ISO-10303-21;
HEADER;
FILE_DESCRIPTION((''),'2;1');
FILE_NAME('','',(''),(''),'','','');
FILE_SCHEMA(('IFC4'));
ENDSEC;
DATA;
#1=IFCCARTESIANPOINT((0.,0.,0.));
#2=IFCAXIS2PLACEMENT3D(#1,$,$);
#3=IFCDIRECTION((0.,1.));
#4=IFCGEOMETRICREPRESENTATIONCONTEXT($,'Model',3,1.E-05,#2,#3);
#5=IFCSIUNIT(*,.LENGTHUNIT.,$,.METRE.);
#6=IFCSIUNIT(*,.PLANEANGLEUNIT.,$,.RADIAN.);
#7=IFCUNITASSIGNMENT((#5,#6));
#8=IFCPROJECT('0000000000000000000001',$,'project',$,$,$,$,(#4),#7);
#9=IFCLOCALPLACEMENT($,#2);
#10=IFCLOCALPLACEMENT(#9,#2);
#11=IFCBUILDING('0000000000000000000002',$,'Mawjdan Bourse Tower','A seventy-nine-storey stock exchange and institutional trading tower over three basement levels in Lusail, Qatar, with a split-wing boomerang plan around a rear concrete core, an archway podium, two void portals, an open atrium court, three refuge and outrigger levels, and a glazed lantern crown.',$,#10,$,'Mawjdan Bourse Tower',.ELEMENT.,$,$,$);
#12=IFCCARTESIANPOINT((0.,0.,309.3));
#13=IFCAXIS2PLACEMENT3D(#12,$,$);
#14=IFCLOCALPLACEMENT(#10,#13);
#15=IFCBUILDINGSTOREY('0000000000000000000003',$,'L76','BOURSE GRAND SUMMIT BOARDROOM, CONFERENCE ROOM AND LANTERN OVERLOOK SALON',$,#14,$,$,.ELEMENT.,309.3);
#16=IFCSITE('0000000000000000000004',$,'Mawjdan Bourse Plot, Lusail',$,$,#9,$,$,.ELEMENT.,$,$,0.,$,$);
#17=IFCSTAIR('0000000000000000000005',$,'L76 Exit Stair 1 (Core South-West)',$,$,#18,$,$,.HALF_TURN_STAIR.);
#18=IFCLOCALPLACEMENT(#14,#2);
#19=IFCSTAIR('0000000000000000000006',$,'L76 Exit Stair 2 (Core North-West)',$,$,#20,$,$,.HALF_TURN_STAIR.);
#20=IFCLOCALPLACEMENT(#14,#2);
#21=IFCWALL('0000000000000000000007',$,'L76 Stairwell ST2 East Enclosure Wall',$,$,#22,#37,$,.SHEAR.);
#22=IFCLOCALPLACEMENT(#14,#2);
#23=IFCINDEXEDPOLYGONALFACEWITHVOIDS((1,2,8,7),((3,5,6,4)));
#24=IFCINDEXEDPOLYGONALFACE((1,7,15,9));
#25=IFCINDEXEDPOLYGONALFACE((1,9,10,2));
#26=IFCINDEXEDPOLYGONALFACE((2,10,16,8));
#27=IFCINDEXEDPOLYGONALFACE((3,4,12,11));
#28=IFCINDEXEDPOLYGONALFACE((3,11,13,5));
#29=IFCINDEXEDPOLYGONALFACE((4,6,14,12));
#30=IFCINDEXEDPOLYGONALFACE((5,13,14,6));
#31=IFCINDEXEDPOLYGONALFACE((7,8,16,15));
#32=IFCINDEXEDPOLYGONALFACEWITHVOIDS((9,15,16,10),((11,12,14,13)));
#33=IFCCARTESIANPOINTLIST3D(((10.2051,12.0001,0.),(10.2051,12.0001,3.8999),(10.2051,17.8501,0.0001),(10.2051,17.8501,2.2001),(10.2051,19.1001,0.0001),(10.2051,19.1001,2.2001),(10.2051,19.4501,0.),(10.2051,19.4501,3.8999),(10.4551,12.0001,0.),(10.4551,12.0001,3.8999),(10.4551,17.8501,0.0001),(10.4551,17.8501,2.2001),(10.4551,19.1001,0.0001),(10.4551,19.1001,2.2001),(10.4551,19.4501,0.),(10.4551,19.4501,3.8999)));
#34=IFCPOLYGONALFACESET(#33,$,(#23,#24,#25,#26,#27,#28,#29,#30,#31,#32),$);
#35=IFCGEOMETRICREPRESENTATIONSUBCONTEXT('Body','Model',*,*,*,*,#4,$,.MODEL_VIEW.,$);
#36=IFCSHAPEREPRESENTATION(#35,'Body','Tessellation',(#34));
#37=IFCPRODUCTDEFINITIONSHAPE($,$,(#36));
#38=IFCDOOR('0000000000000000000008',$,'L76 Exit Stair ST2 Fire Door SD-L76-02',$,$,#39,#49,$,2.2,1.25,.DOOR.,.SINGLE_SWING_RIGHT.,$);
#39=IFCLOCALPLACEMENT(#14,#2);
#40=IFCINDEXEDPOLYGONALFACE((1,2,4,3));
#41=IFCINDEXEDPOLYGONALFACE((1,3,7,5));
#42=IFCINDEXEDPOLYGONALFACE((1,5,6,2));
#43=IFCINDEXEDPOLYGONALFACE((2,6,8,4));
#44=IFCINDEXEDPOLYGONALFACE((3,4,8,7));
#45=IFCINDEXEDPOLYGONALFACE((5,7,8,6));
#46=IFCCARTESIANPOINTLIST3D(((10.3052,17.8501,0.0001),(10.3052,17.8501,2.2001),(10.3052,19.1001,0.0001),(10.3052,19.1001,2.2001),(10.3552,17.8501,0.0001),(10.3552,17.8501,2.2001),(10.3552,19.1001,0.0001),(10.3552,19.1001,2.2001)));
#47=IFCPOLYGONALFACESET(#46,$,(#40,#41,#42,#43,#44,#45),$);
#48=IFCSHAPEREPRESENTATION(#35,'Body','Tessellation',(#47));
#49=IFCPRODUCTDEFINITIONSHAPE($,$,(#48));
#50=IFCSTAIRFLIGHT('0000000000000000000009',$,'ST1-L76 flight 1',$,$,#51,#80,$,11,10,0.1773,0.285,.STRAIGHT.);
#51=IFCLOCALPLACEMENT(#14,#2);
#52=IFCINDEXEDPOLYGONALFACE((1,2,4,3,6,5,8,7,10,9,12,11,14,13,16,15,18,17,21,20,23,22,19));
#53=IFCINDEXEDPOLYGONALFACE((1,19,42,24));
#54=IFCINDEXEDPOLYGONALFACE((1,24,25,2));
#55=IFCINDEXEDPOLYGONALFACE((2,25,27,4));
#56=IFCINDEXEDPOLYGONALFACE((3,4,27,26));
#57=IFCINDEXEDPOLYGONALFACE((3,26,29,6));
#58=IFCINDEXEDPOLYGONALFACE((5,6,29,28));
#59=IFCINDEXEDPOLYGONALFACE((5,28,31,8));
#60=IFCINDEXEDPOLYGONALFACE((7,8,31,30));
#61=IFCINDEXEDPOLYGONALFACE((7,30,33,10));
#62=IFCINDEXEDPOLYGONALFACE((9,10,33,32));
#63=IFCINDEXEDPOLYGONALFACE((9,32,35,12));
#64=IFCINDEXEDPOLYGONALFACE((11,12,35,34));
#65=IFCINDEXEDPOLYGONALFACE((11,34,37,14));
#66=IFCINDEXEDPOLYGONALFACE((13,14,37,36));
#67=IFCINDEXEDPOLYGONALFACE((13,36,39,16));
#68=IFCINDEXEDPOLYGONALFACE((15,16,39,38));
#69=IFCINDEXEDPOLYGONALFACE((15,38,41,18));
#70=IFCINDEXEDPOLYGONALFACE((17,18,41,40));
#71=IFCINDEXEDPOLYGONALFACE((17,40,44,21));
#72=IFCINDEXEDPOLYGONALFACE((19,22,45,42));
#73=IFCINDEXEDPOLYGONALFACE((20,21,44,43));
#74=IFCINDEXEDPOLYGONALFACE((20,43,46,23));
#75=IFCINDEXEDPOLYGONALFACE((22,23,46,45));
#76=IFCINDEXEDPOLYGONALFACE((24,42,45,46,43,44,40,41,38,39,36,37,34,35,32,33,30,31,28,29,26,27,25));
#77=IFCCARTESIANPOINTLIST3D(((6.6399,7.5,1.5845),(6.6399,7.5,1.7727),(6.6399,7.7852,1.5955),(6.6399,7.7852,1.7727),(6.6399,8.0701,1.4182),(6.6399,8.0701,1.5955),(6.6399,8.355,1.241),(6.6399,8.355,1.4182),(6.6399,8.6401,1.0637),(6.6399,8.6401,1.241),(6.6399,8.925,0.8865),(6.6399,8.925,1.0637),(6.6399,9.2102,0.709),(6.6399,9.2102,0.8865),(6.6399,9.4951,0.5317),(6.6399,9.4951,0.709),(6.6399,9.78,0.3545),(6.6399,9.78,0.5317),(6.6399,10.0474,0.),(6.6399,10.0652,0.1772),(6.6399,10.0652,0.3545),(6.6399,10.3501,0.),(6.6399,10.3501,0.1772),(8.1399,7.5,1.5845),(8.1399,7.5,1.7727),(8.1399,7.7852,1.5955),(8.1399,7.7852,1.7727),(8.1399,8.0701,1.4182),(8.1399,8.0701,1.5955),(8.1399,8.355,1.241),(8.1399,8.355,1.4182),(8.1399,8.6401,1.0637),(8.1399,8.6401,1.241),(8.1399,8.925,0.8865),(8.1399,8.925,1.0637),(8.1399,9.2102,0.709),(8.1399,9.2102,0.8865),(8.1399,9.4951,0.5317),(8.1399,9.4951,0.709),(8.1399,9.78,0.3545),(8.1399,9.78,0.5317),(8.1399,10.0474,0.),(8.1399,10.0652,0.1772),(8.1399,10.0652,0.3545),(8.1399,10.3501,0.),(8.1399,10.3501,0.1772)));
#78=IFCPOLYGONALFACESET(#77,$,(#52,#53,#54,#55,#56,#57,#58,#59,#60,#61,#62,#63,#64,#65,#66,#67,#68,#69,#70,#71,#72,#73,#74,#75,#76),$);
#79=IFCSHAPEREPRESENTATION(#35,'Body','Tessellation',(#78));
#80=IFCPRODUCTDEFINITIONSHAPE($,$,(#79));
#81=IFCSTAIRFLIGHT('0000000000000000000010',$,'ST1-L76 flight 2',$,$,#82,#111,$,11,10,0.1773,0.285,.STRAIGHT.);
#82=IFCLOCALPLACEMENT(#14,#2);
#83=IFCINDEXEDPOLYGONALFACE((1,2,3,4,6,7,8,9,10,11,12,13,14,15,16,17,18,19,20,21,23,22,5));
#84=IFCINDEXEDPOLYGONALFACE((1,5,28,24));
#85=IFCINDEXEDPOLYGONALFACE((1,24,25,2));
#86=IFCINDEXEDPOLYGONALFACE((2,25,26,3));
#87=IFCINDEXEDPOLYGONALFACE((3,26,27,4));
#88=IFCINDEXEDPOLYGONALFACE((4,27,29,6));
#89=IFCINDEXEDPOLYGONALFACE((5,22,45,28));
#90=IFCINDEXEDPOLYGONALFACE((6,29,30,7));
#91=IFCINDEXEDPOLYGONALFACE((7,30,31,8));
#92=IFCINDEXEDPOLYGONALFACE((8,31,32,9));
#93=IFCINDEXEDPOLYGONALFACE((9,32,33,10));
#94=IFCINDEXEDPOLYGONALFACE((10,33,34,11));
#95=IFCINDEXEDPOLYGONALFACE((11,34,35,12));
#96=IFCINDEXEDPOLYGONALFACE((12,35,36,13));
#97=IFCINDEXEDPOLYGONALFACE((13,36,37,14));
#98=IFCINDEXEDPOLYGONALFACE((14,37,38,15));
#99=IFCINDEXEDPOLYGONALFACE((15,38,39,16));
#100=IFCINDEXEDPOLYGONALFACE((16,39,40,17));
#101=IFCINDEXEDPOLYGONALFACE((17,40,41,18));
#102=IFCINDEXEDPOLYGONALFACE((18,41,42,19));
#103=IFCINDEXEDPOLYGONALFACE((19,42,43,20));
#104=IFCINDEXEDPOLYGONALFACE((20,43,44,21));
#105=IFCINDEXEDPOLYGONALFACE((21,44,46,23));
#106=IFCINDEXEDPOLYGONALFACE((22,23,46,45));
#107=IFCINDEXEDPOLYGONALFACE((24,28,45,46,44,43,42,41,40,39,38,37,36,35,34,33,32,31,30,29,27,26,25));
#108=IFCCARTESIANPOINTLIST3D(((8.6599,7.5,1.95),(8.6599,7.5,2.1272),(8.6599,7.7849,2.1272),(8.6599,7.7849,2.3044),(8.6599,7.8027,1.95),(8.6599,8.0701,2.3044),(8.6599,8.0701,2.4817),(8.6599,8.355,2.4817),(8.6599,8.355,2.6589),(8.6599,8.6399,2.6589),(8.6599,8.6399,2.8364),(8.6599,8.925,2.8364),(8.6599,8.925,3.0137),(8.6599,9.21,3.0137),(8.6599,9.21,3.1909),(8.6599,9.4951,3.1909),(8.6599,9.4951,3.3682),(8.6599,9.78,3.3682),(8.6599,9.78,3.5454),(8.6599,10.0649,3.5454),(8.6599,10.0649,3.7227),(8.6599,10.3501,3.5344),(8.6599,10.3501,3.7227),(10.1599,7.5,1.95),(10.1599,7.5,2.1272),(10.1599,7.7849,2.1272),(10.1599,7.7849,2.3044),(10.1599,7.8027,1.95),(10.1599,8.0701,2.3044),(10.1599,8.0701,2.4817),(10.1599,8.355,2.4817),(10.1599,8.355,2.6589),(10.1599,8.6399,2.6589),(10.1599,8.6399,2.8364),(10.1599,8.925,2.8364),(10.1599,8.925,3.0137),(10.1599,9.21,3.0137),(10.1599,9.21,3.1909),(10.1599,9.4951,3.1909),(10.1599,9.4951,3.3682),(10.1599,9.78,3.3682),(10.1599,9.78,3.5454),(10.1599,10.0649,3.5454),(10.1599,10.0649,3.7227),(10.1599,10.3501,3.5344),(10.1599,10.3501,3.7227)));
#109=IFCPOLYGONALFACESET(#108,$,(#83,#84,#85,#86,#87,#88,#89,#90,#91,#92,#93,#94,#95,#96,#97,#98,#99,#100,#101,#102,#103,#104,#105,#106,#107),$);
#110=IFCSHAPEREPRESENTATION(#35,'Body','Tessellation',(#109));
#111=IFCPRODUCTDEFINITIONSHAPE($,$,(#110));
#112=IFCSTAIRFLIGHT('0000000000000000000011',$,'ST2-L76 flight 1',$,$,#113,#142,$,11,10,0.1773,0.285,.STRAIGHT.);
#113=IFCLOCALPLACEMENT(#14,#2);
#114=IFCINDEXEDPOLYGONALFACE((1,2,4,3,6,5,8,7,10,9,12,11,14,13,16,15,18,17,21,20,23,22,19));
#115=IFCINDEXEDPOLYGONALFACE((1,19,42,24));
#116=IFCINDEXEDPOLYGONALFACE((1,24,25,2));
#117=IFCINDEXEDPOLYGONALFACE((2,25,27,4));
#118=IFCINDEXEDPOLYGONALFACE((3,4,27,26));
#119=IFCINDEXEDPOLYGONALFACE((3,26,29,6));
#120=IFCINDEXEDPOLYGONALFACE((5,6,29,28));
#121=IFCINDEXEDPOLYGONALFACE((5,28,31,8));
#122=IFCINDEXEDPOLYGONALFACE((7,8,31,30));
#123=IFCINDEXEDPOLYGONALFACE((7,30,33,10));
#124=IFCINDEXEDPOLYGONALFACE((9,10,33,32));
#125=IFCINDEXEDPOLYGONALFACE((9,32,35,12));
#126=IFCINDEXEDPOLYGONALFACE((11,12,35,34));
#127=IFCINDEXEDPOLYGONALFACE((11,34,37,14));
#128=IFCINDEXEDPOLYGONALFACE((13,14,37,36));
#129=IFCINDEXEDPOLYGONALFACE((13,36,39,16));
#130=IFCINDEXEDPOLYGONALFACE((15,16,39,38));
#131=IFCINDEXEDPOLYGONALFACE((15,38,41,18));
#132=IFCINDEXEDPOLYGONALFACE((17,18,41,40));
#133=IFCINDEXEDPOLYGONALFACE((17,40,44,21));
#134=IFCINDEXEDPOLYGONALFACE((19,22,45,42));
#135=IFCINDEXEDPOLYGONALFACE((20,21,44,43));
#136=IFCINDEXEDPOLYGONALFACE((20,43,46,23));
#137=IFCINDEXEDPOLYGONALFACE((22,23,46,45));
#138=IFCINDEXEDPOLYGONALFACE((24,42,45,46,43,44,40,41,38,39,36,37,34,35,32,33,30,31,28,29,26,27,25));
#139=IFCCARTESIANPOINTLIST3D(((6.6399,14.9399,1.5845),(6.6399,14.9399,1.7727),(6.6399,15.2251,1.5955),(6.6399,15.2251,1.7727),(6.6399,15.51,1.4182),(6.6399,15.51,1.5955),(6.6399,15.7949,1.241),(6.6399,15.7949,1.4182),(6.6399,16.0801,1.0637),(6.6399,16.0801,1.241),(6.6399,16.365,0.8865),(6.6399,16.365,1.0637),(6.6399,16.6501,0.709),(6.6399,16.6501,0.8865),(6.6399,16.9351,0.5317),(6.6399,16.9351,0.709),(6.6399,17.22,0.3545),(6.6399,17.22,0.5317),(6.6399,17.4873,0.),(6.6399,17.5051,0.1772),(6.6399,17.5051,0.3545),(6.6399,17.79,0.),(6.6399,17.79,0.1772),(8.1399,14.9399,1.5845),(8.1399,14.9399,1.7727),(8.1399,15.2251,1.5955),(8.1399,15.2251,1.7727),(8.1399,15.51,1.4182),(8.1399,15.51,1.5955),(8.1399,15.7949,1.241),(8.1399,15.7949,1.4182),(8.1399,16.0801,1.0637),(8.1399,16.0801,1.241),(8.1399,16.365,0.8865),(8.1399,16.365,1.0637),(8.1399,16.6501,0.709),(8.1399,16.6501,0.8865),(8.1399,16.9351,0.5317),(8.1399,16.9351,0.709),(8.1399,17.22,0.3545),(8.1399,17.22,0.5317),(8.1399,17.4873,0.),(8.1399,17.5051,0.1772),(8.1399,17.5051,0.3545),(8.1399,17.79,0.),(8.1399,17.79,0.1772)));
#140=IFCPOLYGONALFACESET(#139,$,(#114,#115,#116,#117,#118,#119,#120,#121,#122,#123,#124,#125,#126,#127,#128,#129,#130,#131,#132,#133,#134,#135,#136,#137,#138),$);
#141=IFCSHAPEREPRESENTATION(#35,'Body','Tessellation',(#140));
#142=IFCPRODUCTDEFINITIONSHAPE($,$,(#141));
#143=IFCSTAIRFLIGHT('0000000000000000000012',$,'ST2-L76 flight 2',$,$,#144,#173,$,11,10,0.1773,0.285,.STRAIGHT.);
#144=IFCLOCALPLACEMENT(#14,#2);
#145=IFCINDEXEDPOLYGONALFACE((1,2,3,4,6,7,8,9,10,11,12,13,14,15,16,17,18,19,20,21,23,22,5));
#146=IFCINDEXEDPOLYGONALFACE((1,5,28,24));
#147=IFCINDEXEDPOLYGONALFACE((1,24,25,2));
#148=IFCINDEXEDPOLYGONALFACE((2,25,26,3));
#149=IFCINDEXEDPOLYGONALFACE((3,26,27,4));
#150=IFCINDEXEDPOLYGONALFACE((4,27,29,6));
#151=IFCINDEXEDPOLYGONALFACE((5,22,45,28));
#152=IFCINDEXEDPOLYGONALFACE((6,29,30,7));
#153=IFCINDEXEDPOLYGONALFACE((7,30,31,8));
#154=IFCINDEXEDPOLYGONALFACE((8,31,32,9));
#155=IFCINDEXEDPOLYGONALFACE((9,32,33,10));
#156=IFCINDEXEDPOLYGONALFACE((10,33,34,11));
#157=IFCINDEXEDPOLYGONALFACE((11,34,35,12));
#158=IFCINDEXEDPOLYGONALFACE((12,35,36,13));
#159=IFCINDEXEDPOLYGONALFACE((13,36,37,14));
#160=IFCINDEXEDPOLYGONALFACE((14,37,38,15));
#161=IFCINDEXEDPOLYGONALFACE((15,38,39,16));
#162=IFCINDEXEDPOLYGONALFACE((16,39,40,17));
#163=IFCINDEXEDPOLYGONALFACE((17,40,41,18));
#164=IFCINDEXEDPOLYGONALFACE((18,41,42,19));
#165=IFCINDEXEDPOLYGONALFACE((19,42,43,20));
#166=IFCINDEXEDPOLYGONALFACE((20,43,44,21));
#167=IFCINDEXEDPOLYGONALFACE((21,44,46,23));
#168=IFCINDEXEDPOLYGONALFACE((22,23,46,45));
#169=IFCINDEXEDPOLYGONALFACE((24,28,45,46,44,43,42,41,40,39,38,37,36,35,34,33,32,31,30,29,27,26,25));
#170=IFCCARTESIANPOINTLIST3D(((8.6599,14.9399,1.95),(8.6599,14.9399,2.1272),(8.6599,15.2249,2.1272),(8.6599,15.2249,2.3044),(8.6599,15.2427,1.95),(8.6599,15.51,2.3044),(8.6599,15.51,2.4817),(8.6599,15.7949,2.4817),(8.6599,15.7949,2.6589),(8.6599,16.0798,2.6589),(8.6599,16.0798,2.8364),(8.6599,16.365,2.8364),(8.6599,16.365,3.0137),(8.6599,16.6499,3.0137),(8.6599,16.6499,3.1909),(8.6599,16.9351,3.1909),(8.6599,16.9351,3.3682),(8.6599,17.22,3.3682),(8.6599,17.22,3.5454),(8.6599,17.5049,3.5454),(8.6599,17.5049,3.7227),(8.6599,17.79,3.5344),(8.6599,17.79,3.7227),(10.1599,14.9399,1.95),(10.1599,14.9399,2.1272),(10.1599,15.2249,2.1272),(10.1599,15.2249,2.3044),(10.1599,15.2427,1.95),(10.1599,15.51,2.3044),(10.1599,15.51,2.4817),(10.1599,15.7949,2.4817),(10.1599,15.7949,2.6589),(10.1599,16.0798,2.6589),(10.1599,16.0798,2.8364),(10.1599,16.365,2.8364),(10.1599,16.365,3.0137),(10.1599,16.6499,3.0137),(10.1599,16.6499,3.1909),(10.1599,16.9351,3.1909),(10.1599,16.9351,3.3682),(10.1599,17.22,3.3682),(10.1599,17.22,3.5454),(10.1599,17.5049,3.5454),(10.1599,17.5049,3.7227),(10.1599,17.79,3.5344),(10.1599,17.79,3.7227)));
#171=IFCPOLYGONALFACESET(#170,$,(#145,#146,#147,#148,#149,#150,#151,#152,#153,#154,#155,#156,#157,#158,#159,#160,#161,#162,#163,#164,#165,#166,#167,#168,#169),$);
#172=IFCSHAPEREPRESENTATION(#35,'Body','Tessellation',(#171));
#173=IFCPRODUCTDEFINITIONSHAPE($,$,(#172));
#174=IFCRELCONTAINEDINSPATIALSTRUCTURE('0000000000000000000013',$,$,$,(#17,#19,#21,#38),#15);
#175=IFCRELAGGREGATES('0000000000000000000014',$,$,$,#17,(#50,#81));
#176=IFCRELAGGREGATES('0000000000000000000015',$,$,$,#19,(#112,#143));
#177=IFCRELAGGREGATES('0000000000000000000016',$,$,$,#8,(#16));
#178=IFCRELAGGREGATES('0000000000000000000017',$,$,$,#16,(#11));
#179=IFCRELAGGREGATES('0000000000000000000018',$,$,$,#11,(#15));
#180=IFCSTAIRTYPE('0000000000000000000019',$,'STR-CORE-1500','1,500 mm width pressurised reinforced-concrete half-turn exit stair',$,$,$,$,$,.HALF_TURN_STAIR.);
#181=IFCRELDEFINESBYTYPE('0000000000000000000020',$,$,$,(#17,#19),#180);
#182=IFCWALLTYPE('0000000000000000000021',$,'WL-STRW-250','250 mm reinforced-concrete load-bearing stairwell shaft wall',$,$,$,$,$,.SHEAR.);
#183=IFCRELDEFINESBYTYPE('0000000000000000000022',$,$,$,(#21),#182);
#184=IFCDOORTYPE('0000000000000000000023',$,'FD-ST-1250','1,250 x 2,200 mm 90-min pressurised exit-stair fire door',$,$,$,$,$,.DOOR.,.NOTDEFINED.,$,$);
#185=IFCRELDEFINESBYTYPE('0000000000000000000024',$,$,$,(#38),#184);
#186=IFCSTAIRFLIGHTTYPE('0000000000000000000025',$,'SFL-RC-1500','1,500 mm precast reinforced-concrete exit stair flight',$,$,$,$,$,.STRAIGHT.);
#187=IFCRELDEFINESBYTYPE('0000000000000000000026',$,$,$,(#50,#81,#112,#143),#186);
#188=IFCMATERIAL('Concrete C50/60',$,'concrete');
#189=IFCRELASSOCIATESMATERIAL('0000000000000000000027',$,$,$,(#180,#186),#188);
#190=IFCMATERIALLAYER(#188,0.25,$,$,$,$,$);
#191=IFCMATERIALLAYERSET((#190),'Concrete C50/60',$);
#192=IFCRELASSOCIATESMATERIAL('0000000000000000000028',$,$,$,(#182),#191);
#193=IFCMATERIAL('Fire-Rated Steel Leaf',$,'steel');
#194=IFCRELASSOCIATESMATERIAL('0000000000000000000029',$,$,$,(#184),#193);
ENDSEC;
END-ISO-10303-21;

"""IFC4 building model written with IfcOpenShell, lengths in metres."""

from ifc_helpers import new_model, si_unit, direction, frame, frame_2d, origin, place, context, subcontext, project, spatial, polyline, rectangle, outline, extrude, material, layer, layer_set, type_object, element, fill, aggregate, save


model = new_model("IFC4")

# Units and contexts
model_context = context("Model", 3, precision=1e-05, world=origin(), true_north=direction((0.0, 1.0)))
body_context = subcontext(model_context, "Body", "Model", "MODEL_VIEW")
ifc_project = project(units=[si_unit("LENGTHUNIT", "METRE"), si_unit("PLANEANGLEUNIT", "RADIAN")], contexts=[model_context])

# Site, building, storey
site_placement = place(None, origin())
site = spatial("IfcSite", under=ifc_project, at=site_placement, Name="Mawjdan Bourse Plot, Lusail", CompositionType="ELEMENT", RefElevation=0.0)
building_placement = place(site_placement, origin())
building = spatial("IfcBuilding", under=site, at=building_placement, Name="Mawjdan Bourse Tower", Description="A seventy-nine-storey stock exchange and institutional trading tower over three basement levels in Lusail, Qatar, with a split-wing boomerang plan around a rear concrete core, an archway podium, two void portals, an open atrium court, three refuge and outrigger levels, and a glazed lantern crown.", LongName="Mawjdan Bourse Tower", CompositionType="ELEMENT")
storey_placement = place(building_placement, frame((0.0, 0.0, 309.3)))
storey = spatial("IfcBuildingStorey", under=building, at=storey_placement, Name="L76", Description="BOURSE GRAND SUMMIT BOARDROOM, CONFERENCE ROOM AND LANTERN OVERLOOK SALON", CompositionType="ELEMENT", Elevation=309.3)

# Stairs
ifc_material_1 = material(Name="Concrete C50/60", Category="concrete")
stair_type = type_object("IfcStairType", Name="STR-CORE-1500", Description="1,500 mm width pressurised reinforced-concrete half-turn exit stair", PredefinedType="HALF_TURN_STAIR", material=ifc_material_1)
stair_1_placement = place(storey_placement, origin())
stair_1 = element("IfcStair", 1, at=stair_1_placement, inside=storey, type_object=stair_type, Name="L76 Exit Stair 1 (Core South-West)", PredefinedType="HALF_TURN_STAIR")
stair_2_placement = place(storey_placement, origin())
stair_2 = element("IfcStair", 2, at=stair_2_placement, inside=storey, type_object=stair_type, Name="L76 Exit Stair 2 (Core North-West)", PredefinedType="HALF_TURN_STAIR")

# Shared definitions
ifc_layer_1 = layer(ifc_material_1, 0.25)
ifc_layer_set_1 = layer_set([ifc_layer_1], Name="Concrete C50/60")
wall_type_1 = type_object("IfcWallType", Name="WL-STRW-250", Description="250 mm reinforced-concrete load-bearing stairwell shaft wall", PredefinedType="SHEAR", material=ifc_layer_set_1)

# Wall, opening, door
ifc_material_2 = material(Name="Fire-Rated Steel Leaf", Category="steel")
door_type_1 = type_object("IfcDoorType", Name="FD-ST-1250", Description="1,250 x 2,200 mm 90-min pressurised exit-stair fire door", OperationType="NOTDEFINED", PredefinedType="DOOR", material=ifc_material_2)
wall_1_placement = place(storey_placement, frame((10.3301, 12.0, 0.0), z_axis=(0.0, 0.0, 1.0), x_axis=(0.0, 1.0, 0.0)))
wall_1 = element("IfcWall", 3, at=wall_1_placement, inside=storey, type_object=wall_type_1, Name="L76 Stairwell ST2 East Enclosure Wall", PredefinedType="SHEAR", context=body_context, shape_type="SweptSolid", body=[
    extrude(rectangle(XDim=7.45, YDim=0.25, at=frame_2d((3.7251, 0.0))), origin(), (0.0, 0.0, 1.0), 3.8999),
])
opening_1_placement = place(wall_1_placement, frame((5.8501, 0.0, 0.0)))
opening_1 = element("IfcOpeningElement", 4, at=opening_1_placement, cuts=wall_1, PredefinedType="OPENING", context=body_context, shape_type="SweptSolid", body=[
    extrude(rectangle(XDim=1.25, YDim=2.2, at=frame_2d((0.625, 1.1001))), frame((0.0, 0.135, 0.0), z_axis=(0.0, -1.0, 0.0), x_axis=(1.0, 0.0, 0.0)), (0.0, 0.0, 1.0), 0.27),
])
door_1_placement = place(opening_1_placement, origin())
door_1 = element("IfcDoor", 5, at=door_1_placement, inside=storey, type_object=door_type_1, Name="L76 Exit Stair ST2 Fire Door SD-L76-02", OperationType="SINGLE_SWING_RIGHT", OverallHeight=2.2, OverallWidth=1.25, PredefinedType="DOOR", context=body_context, shape_type="SweptSolid", body=[
    extrude(rectangle(XDim=1.25, YDim=2.2, at=frame_2d((0.625, 1.1001))), frame((0.0, 0.0249, 0.0), z_axis=(0.0, -1.0, 0.0), x_axis=(1.0, 0.0, 0.0)), (0.0, 0.0, 1.0), 0.05),
])
fill(opening_1, door_1)

# Stair flights
stair_flight_type = type_object("IfcStairFlightType", Name="SFL-RC-1500", Description="1,500 mm precast reinforced-concrete exit stair flight", PredefinedType="STRAIGHT", material=ifc_material_1)
stair_flight_1_placement = place(storey_placement, frame((7.3899, 10.3501, 0.0), z_axis=(0.0, 0.0, 1.0), x_axis=(0.0, -1.0, 0.0)))
stair_flight_1 = element("IfcStairFlight", 6, at=stair_flight_1_placement, type_object=stair_flight_type, Name="ST1-L76 flight 1", NumberOfRisers=11, NumberOfTreads=10, PredefinedType="STRAIGHT", RiserHeight=0.1773, TreadLength=0.285, context=body_context, shape_type="SweptSolid", body=[
    extrude(outline(polyline([(0.0, 0.0), (0.0, 0.1772), (0.2849, 0.1772), (0.2849, 0.3545), (0.5701, 0.3545), (0.5701, 0.5317), (0.855, 0.5317), (0.855, 0.709), (1.1399, 0.709), (1.1399, 0.8865), (1.425, 0.8865), (1.425, 1.0637), (1.71, 1.0637), (1.71, 1.241), (1.9951, 1.241), (1.9951, 1.4182), (2.28, 1.4182), (2.28, 1.5955), (2.5649, 1.5955), (2.5649, 1.7727), (2.8501, 1.7727), (2.8501, 1.95), (2.8501, 1.5845), (0.3027, 0.0), (0.0, 0.0)])), frame((0.0, 0.75, 0.0), z_axis=(0.0, -1.0, 0.0), x_axis=(1.0, 0.0, 0.0)), (0.0, 0.0, 1.0), 1.5),
])
stair_flight_2_placement = place(storey_placement, frame((9.4099, 7.5, 1.95), z_axis=(0.0, 0.0, 1.0), x_axis=(0.0, 1.0, 0.0)))
stair_flight_2 = element("IfcStairFlight", 7, at=stair_flight_2_placement, type_object=stair_flight_type, Name="ST1-L76 flight 2", NumberOfRisers=11, NumberOfTreads=10, PredefinedType="STRAIGHT", RiserHeight=0.1773, TreadLength=0.285, context=body_context, shape_type="SweptSolid", body=[
    extrude(outline(polyline([(0.0, 0.0), (0.0, 0.1772), (0.2849, 0.1772), (0.2849, 0.3545), (0.5701, 0.3545), (0.5701, 0.5317), (0.855, 0.5317), (0.855, 0.709), (1.1399, 0.709), (1.1399, 0.8865), (1.425, 0.8865), (1.425, 1.0637), (1.71, 1.0637), (1.71, 1.241), (1.9951, 1.241), (1.9951, 1.4182), (2.28, 1.4182), (2.28, 1.5955), (2.5649, 1.5955), (2.5649, 1.7727), (2.8501, 1.7727), (2.8501, 1.95), (2.8501, 1.5845), (0.3027, 0.0), (0.0, 0.0)])), frame((0.0, 0.75, 0.0), z_axis=(0.0, -1.0, 0.0), x_axis=(1.0, 0.0, 0.0)), (0.0, 0.0, 1.0), 1.5),
])
aggregate(stair_1, [stair_flight_1, stair_flight_2])
stair_flight_3_placement = place(storey_placement, frame((7.3899, 17.79, 0.0), z_axis=(0.0, 0.0, 1.0), x_axis=(0.0, -1.0, 0.0)))
stair_flight_3 = element("IfcStairFlight", 8, at=stair_flight_3_placement, type_object=stair_flight_type, Name="ST2-L76 flight 1", NumberOfRisers=11, NumberOfTreads=10, PredefinedType="STRAIGHT", RiserHeight=0.1773, TreadLength=0.285, context=body_context, shape_type="SweptSolid", body=[
    extrude(outline(polyline([(0.0, 0.0), (0.0, 0.1772), (0.2849, 0.1772), (0.2849, 0.3545), (0.5701, 0.3545), (0.5701, 0.5317), (0.855, 0.5317), (0.855, 0.709), (1.1399, 0.709), (1.1399, 0.8865), (1.425, 0.8865), (1.425, 1.0637), (1.71, 1.0637), (1.71, 1.241), (1.9951, 1.241), (1.9951, 1.4182), (2.28, 1.4182), (2.28, 1.5955), (2.5649, 1.5955), (2.5649, 1.7727), (2.8501, 1.7727), (2.8501, 1.95), (2.8501, 1.5845), (0.3027, 0.0), (0.0, 0.0)])), frame((0.0, 0.75, 0.0), z_axis=(0.0, -1.0, 0.0), x_axis=(1.0, 0.0, 0.0)), (0.0, 0.0, 1.0), 1.5),
])
stair_flight_4_placement = place(storey_placement, frame((9.4099, 14.9399, 1.95), z_axis=(0.0, 0.0, 1.0), x_axis=(0.0, 1.0, 0.0)))
stair_flight_4 = element("IfcStairFlight", 9, at=stair_flight_4_placement, type_object=stair_flight_type, Name="ST2-L76 flight 2", NumberOfRisers=11, NumberOfTreads=10, PredefinedType="STRAIGHT", RiserHeight=0.1773, TreadLength=0.285, context=body_context, shape_type="SweptSolid", body=[
    extrude(outline(polyline([(0.0, 0.0), (0.0, 0.1772), (0.2849, 0.1772), (0.2849, 0.3545), (0.5701, 0.3545), (0.5701, 0.5317), (0.855, 0.5317), (0.855, 0.709), (1.1399, 0.709), (1.1399, 0.8865), (1.425, 0.8865), (1.425, 1.0637), (1.71, 1.0637), (1.71, 1.241), (1.9951, 1.241), (1.9951, 1.4182), (2.28, 1.4182), (2.28, 1.5955), (2.5649, 1.5955), (2.5649, 1.7727), (2.8501, 1.7727), (2.8501, 1.95), (2.8501, 1.5845), (0.3027, 0.0), (0.0, 0.0)])), frame((0.0, 0.75, 0.0), z_axis=(0.0, -1.0, 0.0), x_axis=(1.0, 0.0, 0.0)), (0.0, 0.0, 1.0), 1.5),
])
aggregate(stair_2, [stair_flight_3, stair_flight_4])

save(model, "model.ifc")
